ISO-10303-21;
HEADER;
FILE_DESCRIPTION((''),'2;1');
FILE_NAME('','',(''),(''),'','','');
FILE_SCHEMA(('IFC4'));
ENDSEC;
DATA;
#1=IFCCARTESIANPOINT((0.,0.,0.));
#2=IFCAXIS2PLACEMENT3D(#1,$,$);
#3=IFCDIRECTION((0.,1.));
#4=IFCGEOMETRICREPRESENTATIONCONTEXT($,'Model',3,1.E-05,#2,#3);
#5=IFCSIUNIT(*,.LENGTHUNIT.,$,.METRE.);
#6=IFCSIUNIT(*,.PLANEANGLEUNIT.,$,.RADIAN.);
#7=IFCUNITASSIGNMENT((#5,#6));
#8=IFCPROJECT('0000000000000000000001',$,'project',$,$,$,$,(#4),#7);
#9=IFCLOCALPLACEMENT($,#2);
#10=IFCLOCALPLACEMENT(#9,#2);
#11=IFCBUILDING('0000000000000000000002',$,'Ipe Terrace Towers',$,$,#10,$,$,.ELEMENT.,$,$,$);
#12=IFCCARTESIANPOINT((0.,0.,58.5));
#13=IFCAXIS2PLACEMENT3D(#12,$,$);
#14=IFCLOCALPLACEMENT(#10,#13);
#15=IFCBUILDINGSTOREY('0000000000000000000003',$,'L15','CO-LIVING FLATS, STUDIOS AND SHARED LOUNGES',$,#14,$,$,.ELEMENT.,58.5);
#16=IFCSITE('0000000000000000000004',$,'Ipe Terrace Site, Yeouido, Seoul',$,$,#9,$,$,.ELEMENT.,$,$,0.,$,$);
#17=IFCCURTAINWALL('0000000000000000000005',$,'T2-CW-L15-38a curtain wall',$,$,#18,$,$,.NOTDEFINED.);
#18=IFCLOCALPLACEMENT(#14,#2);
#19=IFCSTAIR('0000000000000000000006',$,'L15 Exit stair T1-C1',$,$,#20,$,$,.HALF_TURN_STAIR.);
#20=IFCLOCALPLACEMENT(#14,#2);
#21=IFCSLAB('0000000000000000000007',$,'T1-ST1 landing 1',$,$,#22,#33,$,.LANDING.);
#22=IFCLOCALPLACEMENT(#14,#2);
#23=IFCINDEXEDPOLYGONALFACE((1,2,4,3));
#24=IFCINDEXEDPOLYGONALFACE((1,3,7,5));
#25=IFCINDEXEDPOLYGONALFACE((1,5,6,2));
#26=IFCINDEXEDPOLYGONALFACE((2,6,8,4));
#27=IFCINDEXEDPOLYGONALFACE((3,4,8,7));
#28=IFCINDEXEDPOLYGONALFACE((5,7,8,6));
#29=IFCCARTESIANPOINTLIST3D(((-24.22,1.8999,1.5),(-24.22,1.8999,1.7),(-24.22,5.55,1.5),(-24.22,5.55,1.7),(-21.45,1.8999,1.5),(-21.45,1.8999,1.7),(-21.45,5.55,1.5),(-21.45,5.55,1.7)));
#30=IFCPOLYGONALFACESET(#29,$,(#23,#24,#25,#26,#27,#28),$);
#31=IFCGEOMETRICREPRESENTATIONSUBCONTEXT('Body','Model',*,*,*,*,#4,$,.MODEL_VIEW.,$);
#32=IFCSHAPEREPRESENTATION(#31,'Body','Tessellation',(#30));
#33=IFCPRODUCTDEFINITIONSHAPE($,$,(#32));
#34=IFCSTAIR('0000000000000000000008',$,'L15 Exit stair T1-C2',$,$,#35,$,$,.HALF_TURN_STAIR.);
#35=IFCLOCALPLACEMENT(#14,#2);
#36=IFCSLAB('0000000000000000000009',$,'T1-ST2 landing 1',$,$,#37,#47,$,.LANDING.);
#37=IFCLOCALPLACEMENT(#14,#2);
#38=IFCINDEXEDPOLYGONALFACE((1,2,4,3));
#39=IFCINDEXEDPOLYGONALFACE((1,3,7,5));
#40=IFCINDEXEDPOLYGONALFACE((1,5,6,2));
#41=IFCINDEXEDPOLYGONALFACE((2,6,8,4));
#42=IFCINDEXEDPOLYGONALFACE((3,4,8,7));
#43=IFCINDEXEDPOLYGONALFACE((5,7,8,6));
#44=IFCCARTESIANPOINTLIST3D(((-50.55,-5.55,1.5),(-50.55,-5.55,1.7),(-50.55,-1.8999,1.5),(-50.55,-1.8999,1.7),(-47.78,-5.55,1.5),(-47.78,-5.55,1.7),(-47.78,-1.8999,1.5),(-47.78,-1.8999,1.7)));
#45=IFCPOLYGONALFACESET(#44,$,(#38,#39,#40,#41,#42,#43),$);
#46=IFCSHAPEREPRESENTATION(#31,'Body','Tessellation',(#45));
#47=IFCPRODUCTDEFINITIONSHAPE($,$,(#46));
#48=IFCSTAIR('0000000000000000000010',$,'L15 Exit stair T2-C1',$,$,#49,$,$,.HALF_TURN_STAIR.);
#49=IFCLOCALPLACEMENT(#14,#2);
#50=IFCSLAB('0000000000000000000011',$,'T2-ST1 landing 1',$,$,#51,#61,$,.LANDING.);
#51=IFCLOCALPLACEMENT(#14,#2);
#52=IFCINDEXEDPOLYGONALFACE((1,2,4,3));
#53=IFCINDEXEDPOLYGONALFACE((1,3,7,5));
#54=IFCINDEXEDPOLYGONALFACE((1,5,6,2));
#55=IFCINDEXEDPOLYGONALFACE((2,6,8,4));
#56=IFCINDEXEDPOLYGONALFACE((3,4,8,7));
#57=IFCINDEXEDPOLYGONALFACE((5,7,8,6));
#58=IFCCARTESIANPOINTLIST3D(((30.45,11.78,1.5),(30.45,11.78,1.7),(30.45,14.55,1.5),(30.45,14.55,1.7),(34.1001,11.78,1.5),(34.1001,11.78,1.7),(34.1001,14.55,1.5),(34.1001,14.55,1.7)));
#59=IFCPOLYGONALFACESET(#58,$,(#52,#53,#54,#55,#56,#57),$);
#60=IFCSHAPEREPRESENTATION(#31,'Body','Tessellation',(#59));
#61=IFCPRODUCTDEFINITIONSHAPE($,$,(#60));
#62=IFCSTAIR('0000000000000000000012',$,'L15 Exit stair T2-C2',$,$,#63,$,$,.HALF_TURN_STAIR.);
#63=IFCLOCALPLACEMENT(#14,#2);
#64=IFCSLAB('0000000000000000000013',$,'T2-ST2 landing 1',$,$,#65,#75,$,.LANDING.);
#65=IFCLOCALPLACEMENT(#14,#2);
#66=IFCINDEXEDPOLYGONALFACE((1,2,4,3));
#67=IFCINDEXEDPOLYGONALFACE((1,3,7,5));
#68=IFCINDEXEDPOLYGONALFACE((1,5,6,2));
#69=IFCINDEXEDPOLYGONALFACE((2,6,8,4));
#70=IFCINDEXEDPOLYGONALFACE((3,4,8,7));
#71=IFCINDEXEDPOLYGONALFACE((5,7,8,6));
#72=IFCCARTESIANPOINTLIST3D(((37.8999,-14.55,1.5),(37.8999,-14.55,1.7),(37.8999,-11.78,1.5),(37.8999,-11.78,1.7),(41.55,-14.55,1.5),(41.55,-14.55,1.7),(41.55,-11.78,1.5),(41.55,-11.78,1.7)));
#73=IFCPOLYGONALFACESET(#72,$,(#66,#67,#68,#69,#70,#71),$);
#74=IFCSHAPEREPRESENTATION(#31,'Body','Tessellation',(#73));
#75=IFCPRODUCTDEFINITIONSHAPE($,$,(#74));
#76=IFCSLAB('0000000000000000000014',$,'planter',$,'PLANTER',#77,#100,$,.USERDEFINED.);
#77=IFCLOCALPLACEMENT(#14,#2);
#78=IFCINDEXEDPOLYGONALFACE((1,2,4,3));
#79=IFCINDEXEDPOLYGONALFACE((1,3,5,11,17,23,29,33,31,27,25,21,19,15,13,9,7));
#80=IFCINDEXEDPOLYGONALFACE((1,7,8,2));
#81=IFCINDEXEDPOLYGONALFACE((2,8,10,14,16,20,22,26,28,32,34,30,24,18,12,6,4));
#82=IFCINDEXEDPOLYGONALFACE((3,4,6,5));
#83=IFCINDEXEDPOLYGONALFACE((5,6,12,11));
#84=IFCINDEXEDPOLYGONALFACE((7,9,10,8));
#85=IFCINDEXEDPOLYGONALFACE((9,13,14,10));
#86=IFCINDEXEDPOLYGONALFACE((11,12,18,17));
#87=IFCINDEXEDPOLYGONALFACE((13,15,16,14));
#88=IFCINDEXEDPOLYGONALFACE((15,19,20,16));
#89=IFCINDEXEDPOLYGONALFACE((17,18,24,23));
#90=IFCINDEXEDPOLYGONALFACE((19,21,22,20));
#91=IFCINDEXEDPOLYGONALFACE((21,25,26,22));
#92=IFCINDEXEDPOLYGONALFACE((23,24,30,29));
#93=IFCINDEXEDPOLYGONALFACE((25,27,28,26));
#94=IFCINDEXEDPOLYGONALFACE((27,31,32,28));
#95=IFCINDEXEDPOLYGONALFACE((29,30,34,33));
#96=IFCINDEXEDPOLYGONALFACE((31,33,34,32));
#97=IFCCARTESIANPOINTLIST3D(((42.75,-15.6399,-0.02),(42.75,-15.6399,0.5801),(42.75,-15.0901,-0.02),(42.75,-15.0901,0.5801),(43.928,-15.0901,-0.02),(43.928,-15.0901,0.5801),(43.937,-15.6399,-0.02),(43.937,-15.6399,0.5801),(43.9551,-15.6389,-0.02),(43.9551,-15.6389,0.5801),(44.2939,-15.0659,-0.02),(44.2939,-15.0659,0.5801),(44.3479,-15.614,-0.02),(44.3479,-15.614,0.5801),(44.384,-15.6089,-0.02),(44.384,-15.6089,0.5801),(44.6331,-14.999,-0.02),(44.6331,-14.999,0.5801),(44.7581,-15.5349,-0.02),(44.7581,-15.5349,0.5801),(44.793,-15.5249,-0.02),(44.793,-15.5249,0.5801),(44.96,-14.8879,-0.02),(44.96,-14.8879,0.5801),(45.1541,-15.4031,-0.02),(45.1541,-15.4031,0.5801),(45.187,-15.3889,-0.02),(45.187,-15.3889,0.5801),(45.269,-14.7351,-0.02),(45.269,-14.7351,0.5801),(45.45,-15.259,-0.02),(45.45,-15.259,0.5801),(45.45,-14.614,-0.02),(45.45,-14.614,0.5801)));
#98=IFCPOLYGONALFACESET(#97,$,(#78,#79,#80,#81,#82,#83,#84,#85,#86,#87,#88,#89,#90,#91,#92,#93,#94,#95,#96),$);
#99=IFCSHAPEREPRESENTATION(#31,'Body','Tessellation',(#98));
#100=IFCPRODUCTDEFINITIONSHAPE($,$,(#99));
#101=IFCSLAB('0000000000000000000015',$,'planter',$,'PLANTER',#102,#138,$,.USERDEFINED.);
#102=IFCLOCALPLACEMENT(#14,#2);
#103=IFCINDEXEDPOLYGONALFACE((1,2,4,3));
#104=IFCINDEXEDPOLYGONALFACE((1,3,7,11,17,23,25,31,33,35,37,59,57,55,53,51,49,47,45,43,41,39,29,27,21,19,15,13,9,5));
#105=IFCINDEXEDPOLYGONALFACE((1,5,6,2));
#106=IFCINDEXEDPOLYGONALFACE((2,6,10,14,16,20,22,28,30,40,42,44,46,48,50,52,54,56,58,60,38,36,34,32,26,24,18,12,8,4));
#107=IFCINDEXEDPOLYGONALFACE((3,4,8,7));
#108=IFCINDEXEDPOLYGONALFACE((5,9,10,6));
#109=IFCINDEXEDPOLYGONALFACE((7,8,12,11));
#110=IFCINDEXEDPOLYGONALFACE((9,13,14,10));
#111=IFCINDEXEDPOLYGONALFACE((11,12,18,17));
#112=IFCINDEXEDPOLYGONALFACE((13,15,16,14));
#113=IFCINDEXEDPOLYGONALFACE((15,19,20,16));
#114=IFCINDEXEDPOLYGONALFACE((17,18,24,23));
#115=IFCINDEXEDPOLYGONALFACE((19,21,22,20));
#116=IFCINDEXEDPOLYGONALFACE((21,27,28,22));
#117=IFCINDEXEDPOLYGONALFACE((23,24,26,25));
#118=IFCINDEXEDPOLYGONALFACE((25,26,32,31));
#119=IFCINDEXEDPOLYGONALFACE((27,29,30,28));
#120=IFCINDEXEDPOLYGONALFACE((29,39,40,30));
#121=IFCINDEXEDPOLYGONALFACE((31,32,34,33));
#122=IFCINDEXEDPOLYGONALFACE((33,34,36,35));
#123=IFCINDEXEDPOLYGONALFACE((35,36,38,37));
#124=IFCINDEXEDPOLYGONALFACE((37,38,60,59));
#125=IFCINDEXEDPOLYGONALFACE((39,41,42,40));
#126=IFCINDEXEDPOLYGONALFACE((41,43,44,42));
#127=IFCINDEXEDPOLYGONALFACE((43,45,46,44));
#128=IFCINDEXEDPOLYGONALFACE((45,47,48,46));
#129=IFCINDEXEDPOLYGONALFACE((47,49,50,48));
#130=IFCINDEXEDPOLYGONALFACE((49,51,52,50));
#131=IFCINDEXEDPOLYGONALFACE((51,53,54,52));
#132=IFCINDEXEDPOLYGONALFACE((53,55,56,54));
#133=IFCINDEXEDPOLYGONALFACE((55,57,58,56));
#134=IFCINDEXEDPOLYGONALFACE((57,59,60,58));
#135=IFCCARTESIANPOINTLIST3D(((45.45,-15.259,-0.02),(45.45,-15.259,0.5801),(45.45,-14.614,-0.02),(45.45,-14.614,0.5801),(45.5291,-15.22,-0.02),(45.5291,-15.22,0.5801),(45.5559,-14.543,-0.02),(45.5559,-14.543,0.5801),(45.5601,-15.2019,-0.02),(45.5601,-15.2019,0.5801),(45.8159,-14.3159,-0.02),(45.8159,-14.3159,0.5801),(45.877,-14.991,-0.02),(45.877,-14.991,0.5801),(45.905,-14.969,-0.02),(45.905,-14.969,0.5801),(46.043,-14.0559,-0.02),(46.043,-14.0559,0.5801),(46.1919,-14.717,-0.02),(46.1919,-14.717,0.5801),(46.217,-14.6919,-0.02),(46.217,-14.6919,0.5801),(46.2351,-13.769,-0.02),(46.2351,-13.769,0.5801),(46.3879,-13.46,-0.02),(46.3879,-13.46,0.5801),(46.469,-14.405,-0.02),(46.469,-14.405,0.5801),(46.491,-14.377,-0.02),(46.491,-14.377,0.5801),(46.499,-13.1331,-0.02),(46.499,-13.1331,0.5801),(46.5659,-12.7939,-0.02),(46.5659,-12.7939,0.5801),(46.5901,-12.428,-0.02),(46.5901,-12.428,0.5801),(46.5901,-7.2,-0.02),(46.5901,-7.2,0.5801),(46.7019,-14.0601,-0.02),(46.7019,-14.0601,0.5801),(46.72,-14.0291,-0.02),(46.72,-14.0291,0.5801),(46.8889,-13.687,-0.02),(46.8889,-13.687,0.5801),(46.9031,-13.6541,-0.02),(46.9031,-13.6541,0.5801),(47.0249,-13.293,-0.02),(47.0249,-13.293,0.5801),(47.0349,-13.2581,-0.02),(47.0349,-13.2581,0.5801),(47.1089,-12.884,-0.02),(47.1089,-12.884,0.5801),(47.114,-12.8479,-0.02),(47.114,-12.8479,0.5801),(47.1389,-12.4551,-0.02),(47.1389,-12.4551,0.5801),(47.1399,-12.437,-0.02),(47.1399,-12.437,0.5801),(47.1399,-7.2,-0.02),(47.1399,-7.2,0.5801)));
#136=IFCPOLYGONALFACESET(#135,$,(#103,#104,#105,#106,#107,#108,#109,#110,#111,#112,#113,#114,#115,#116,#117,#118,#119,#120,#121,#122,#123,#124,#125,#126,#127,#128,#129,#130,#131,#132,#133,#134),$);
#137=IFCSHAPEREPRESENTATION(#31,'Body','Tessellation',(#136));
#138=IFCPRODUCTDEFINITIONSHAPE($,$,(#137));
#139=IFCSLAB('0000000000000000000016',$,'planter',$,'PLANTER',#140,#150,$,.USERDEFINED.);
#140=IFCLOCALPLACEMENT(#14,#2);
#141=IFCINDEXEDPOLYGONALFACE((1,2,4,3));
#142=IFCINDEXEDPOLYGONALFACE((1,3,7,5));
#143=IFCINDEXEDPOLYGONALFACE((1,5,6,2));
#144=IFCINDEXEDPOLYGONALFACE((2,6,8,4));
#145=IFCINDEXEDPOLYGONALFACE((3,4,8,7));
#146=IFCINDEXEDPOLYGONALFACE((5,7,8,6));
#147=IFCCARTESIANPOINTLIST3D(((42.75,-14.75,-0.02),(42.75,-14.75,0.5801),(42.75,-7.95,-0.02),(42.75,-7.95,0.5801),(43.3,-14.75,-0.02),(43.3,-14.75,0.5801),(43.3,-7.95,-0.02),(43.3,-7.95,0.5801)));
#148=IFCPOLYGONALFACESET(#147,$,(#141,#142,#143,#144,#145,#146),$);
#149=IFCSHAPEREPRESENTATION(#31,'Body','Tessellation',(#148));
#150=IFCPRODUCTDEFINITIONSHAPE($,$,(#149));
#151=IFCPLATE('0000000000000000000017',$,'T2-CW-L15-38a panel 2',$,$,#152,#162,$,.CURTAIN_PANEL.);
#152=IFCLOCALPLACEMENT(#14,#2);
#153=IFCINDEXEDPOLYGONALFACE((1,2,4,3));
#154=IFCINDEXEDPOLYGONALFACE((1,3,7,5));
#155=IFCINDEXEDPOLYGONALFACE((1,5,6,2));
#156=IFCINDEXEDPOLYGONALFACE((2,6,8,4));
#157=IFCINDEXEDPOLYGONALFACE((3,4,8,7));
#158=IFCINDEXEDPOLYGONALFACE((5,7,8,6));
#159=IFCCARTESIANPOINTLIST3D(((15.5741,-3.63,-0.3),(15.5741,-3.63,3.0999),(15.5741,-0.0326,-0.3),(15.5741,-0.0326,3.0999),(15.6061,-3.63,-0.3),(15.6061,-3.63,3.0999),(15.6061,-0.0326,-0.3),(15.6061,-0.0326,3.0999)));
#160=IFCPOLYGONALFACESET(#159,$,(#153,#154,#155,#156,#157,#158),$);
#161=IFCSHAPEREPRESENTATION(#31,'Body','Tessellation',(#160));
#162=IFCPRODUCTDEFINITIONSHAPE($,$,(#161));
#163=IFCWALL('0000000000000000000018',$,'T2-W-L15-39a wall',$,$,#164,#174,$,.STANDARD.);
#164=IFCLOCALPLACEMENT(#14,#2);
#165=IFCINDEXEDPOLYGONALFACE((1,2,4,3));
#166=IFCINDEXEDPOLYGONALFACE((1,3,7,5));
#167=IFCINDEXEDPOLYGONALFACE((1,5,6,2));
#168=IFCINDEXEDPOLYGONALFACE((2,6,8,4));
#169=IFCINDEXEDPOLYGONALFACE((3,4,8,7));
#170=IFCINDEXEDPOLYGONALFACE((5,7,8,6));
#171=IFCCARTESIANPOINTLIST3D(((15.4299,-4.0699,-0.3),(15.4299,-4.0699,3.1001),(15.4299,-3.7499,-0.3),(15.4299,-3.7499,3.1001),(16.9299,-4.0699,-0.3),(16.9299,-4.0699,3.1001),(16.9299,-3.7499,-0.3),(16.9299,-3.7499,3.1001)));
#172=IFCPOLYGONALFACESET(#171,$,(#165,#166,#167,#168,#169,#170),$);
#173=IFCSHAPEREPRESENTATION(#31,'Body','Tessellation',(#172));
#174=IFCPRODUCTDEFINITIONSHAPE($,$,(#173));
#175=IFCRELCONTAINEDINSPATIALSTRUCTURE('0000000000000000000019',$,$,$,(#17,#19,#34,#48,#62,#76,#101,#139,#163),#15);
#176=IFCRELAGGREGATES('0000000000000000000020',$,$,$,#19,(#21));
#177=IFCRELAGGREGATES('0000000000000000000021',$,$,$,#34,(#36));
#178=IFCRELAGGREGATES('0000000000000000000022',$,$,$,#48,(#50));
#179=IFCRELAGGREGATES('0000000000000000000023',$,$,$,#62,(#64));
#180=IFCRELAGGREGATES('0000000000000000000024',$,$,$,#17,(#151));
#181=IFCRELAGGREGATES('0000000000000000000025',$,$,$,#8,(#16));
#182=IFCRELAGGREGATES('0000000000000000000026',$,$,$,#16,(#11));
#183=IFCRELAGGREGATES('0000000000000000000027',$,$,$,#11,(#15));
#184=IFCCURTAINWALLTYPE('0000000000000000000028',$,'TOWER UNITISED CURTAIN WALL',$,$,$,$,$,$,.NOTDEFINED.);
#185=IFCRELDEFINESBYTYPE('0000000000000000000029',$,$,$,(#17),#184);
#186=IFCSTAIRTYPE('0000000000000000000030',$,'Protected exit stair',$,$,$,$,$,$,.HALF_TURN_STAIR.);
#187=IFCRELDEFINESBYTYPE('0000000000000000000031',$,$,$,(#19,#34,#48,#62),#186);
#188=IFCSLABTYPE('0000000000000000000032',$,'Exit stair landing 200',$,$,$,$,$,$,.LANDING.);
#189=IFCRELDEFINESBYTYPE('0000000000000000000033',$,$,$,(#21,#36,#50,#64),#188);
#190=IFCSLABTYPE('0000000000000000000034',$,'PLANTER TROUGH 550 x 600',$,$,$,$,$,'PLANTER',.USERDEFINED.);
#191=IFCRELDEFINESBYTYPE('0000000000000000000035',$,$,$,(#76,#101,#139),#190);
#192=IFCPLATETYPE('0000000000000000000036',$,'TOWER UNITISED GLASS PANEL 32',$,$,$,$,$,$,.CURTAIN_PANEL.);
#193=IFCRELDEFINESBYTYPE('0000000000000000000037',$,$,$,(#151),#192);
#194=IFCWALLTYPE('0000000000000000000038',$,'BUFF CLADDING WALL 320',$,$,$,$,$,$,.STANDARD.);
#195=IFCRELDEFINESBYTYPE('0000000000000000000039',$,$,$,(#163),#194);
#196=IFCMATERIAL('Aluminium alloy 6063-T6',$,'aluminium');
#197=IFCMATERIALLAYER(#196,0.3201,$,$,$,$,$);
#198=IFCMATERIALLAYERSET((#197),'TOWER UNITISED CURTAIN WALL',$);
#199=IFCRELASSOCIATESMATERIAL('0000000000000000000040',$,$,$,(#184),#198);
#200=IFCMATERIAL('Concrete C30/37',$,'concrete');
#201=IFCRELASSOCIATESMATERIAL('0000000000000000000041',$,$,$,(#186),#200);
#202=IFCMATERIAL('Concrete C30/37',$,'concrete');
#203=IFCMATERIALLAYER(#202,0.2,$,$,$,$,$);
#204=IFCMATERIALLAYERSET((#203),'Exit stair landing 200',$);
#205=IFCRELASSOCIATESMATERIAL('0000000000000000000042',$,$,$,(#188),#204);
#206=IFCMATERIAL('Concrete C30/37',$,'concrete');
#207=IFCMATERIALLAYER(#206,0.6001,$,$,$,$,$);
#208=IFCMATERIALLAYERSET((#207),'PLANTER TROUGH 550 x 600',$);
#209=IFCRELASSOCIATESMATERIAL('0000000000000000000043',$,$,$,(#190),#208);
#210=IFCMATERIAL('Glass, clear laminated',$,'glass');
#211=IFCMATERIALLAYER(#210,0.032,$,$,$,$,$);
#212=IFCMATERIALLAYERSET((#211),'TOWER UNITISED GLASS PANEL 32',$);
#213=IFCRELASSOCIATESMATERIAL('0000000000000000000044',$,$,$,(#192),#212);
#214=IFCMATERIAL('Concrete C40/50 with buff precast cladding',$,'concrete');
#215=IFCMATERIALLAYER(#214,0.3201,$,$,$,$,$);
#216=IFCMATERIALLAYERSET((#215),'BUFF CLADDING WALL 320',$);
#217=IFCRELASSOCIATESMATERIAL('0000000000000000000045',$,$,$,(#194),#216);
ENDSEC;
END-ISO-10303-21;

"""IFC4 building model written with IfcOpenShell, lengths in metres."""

from ifc_helpers import new_model, si_unit, direction, frame, frame_2d, origin, origin_2d, place, context, subcontext, project, spatial, polyline, rectangle, outline, extrude, material, layer, layer_set, type_object, element, aggregate, save


model = new_model("IFC4")

# Units and contexts
model_context = context("Model", 3, precision=1e-05, world=origin(), true_north=direction((0.0, 1.0)))
body_context = subcontext(model_context, "Body", "Model", "MODEL_VIEW")
ifc_project = project(units=[si_unit("LENGTHUNIT", "METRE"), si_unit("PLANEANGLEUNIT", "RADIAN")], contexts=[model_context])

# Site, building, storey
site_placement = place(None, origin())
site = spatial("IfcSite", under=ifc_project, at=site_placement, Name="Ipe Terrace Site, Yeouido, Seoul", CompositionType="ELEMENT", RefElevation=0.0)
building_placement = place(site_placement, origin())
building = spatial("IfcBuilding", under=site, at=building_placement, Name="Ipe Terrace Towers", CompositionType="ELEMENT")
storey_placement = place(building_placement, frame((0.0, 0.0, 58.5)))
storey = spatial("IfcBuildingStorey", under=building, at=storey_placement, Name="L15", Description="CO-LIVING FLATS, STUDIOS AND SHARED LOUNGES", CompositionType="ELEMENT", Elevation=58.5)

# Curtain wall
ifc_material_1 = material(Name="Aluminium alloy 6063-T6", Category="aluminium")
ifc_layer_1 = layer(ifc_material_1, 0.3201)
ifc_layer_set_1 = layer_set([ifc_layer_1], Name="TOWER UNITISED CURTAIN WALL")
curtain_wall_type = type_object("IfcCurtainWallType", Name="TOWER UNITISED CURTAIN WALL", PredefinedType="NOTDEFINED", material=ifc_layer_set_1)
curtain_wall_placement = place(storey_placement, origin())
curtain_wall = element("IfcCurtainWall", 1, at=curtain_wall_placement, inside=storey, type_object=curtain_wall_type, Name="T2-CW-L15-38a curtain wall", PredefinedType="NOTDEFINED")

# Stairs, slabs
ifc_material_2 = material(Name="Concrete C30/37", Category="concrete")
stair_type = type_object("IfcStairType", Name="Protected exit stair", PredefinedType="HALF_TURN_STAIR", material=ifc_material_2)
stair_1_placement = place(storey_placement, origin())
stair_1 = element("IfcStair", 2, at=stair_1_placement, inside=storey, type_object=stair_type, Name="L15 Exit stair T1-C1", PredefinedType="HALF_TURN_STAIR")
ifc_material_3 = material(Name="Concrete C30/37", Category="concrete")
ifc_layer_2 = layer(ifc_material_3, 0.2)
ifc_layer_set_2 = layer_set([ifc_layer_2], Name="Exit stair landing 200")
slab_type_1 = type_object("IfcSlabType", Name="Exit stair landing 200", PredefinedType="LANDING", material=ifc_layer_set_2)
slab_1_placement = place(storey_placement, frame((0.0, 0.0, 1.5)))
slab_1 = element("IfcSlab", 3, at=slab_1_placement, type_object=slab_type_1, Name="T1-ST1 landing 1", PredefinedType="LANDING", context=body_context, shape_type="SweptSolid", body=[
    extrude(outline(polyline([(-24.22, 1.8999), (-21.45, 1.8999), (-21.45, 5.55), (-24.22, 5.55), (-24.22, 1.8999)])), origin(), (0.0, 0.0, 1.0), 0.2),
])
aggregate(stair_1, [slab_1])
stair_2_placement = place(storey_placement, origin())
stair_2 = element("IfcStair", 4, at=stair_2_placement, inside=storey, type_object=stair_type, Name="L15 Exit stair T1-C2", PredefinedType="HALF_TURN_STAIR")
slab_2_placement = place(storey_placement, frame((0.0, 0.0, 1.5)))
slab_2 = element("IfcSlab", 5, at=slab_2_placement, type_object=slab_type_1, Name="T1-ST2 landing 1", PredefinedType="LANDING", context=body_context, shape_type="SweptSolid", body=[
    extrude(outline(polyline([(-47.78, -1.8999), (-50.55, -1.8999), (-50.55, -5.55), (-47.78, -5.55), (-47.78, -1.8999)])), origin(), (0.0, 0.0, 1.0), 0.2),
])
aggregate(stair_2, [slab_2])
stair_3_placement = place(storey_placement, origin())
stair_3 = element("IfcStair", 6, at=stair_3_placement, inside=storey, type_object=stair_type, Name="L15 Exit stair T2-C1", PredefinedType="HALF_TURN_STAIR")
slab_3_placement = place(storey_placement, frame((0.0, 0.0, 1.5)))
slab_3 = element("IfcSlab", 7, at=slab_3_placement, type_object=slab_type_1, Name="T2-ST1 landing 1", PredefinedType="LANDING", context=body_context, shape_type="SweptSolid", body=[
    extrude(outline(polyline([(34.1001, 11.78), (34.1001, 14.55), (30.45, 14.55), (30.45, 11.78), (34.1001, 11.78)])), origin(), (0.0, 0.0, 1.0), 0.2),
])
aggregate(stair_3, [slab_3])
stair_4_placement = place(storey_placement, origin())
stair_4 = element("IfcStair", 8, at=stair_4_placement, inside=storey, type_object=stair_type, Name="L15 Exit stair T2-C2", PredefinedType="HALF_TURN_STAIR")
slab_4_placement = place(storey_placement, frame((0.0, 0.0, 1.5)))
slab_4 = element("IfcSlab", 9, at=slab_4_placement, type_object=slab_type_1, Name="T2-ST2 landing 1", PredefinedType="LANDING", context=body_context, shape_type="SweptSolid", body=[
    extrude(outline(polyline([(37.8999, -11.78), (37.8999, -14.55), (41.55, -14.55), (41.55, -11.78), (37.8999, -11.78)])), origin(), (0.0, 0.0, 1.0), 0.2),
])
aggregate(stair_4, [slab_4])

# Slabs
ifc_material_4 = material(Name="Concrete C30/37", Category="concrete")
ifc_layer_3 = layer(ifc_material_4, 0.6001)
ifc_layer_set_3 = layer_set([ifc_layer_3], Name="PLANTER TROUGH 550 x 600")
slab_type_2 = type_object("IfcSlabType", Name="PLANTER TROUGH 550 x 600", ElementType="PLANTER", PredefinedType="USERDEFINED", material=ifc_layer_set_3)
slab_5_placement = place(storey_placement, frame((0.0, 0.0, -0.02)))
element("IfcSlab", 10, at=slab_5_placement, inside=storey, type_object=slab_type_2, Name="planter", ObjectType="PLANTER", PredefinedType="USERDEFINED", context=body_context, shape_type="SweptSolid", body=[
    extrude(outline(polyline([(44.6331, -14.999), (44.2939, -15.0659), (43.928, -15.0901), (42.75, -15.0901), (42.75, -15.6399), (43.937, -15.6399), (43.9551, -15.6389), (44.3479, -15.614), (44.384, -15.6089), (44.7581, -15.5349), (44.793, -15.5249), (45.1541, -15.4031), (45.187, -15.3889), (45.45, -15.259), (45.45, -14.614), (45.269, -14.7351), (44.96, -14.8879), (44.6331, -14.999)])), origin(), (0.0, 0.0, 1.0), 0.6001),
])
slab_6_placement = place(storey_placement, frame((0.0, 0.0, -0.02)))
element("IfcSlab", 11, at=slab_6_placement, inside=storey, type_object=slab_type_2, Name="planter", ObjectType="PLANTER", PredefinedType="USERDEFINED", context=body_context, shape_type="SweptSolid", body=[
    extrude(outline(polyline([(45.5559, -14.543), (45.45, -14.614), (45.45, -15.259), (45.5291, -15.22), (45.5601, -15.2019), (45.877, -14.991), (45.905, -14.969), (46.1919, -14.717), (46.217, -14.6919), (46.469, -14.405), (46.491, -14.377), (46.7019, -14.0601), (46.72, -14.0291), (46.8889, -13.687), (46.9031, -13.6541), (47.0249, -13.293), (47.0349, -13.2581), (47.1089, -12.884), (47.114, -12.8479), (47.1389, -12.4551), (47.1399, -12.437), (47.1399, -7.2), (46.5901, -7.2), (46.5901, -12.428), (46.5659, -12.7939), (46.499, -13.1331), (46.3879, -13.46), (46.2351, -13.769), (46.043, -14.0559), (45.8159, -14.3159), (45.5559, -14.543)])), origin(), (0.0, 0.0, 1.0), 0.6001),
])
slab_7_placement = place(storey_placement, frame((0.0, 0.0, -0.02)))
element("IfcSlab", 12, at=slab_7_placement, inside=storey, type_object=slab_type_2, Name="planter", ObjectType="PLANTER", PredefinedType="USERDEFINED", context=body_context, shape_type="SweptSolid", body=[
    extrude(outline(polyline([(42.75, -7.95), (42.75, -14.75), (43.3, -14.75), (43.3, -7.95), (42.75, -7.95)])), origin(), (0.0, 0.0, 1.0), 0.6001),
])

# Plate
ifc_material_5 = material(Name="Glass, clear laminated", Category="glass")
ifc_layer_4 = layer(ifc_material_5, 0.032)
ifc_layer_set_4 = layer_set([ifc_layer_4], Name="TOWER UNITISED GLASS PANEL 32")
plate_type = type_object("IfcPlateType", Name="TOWER UNITISED GLASS PANEL 32", PredefinedType="CURTAIN_PANEL", material=ifc_layer_set_4)
plate_placement = place(storey_placement, frame((15.5901, -1.8313, -0.3), z_axis=(0.0, 0.0, 1.0), x_axis=(0.0, -1.0, 0.0)))
plate = element("IfcPlate", 13, at=plate_placement, type_object=plate_type, Name="T2-CW-L15-38a panel 2", PredefinedType="CURTAIN_PANEL", context=body_context, shape_type="SweptSolid", body=[
    extrude(rectangle(XDim=3.5974, YDim=0.032, at=origin_2d()), origin(), (0.0, 0.0, 1.0), 3.3999),
])
aggregate(curtain_wall, [plate])

# Wall
ifc_material_6 = material(Name="Concrete C40/50 with buff precast cladding", Category="concrete")
ifc_layer_5 = layer(ifc_material_6, 0.3201)
ifc_layer_set_5 = layer_set([ifc_layer_5], Name="BUFF CLADDING WALL 320")
wall_type = type_object("IfcWallType", Name="BUFF CLADDING WALL 320", PredefinedType="STANDARD", material=ifc_layer_set_5)
wall_1_placement = place(storey_placement, frame((15.4299, -3.9099, -0.3), z_axis=(0.0, 0.0, 1.0), x_axis=(1.0, 0.0, 0.0)))
element("IfcWall", 14, at=wall_1_placement, inside=storey, type_object=wall_type, Name="T2-W-L15-39a wall", PredefinedType="STANDARD", context=body_context, shape_type="SweptSolid", body=[
    extrude(rectangle(XDim=1.5, YDim=0.3201, at=frame_2d((0.75, 0.0))), origin(), (0.0, 0.0, 1.0), 3.4001),
])

save(model, "model.ifc")
